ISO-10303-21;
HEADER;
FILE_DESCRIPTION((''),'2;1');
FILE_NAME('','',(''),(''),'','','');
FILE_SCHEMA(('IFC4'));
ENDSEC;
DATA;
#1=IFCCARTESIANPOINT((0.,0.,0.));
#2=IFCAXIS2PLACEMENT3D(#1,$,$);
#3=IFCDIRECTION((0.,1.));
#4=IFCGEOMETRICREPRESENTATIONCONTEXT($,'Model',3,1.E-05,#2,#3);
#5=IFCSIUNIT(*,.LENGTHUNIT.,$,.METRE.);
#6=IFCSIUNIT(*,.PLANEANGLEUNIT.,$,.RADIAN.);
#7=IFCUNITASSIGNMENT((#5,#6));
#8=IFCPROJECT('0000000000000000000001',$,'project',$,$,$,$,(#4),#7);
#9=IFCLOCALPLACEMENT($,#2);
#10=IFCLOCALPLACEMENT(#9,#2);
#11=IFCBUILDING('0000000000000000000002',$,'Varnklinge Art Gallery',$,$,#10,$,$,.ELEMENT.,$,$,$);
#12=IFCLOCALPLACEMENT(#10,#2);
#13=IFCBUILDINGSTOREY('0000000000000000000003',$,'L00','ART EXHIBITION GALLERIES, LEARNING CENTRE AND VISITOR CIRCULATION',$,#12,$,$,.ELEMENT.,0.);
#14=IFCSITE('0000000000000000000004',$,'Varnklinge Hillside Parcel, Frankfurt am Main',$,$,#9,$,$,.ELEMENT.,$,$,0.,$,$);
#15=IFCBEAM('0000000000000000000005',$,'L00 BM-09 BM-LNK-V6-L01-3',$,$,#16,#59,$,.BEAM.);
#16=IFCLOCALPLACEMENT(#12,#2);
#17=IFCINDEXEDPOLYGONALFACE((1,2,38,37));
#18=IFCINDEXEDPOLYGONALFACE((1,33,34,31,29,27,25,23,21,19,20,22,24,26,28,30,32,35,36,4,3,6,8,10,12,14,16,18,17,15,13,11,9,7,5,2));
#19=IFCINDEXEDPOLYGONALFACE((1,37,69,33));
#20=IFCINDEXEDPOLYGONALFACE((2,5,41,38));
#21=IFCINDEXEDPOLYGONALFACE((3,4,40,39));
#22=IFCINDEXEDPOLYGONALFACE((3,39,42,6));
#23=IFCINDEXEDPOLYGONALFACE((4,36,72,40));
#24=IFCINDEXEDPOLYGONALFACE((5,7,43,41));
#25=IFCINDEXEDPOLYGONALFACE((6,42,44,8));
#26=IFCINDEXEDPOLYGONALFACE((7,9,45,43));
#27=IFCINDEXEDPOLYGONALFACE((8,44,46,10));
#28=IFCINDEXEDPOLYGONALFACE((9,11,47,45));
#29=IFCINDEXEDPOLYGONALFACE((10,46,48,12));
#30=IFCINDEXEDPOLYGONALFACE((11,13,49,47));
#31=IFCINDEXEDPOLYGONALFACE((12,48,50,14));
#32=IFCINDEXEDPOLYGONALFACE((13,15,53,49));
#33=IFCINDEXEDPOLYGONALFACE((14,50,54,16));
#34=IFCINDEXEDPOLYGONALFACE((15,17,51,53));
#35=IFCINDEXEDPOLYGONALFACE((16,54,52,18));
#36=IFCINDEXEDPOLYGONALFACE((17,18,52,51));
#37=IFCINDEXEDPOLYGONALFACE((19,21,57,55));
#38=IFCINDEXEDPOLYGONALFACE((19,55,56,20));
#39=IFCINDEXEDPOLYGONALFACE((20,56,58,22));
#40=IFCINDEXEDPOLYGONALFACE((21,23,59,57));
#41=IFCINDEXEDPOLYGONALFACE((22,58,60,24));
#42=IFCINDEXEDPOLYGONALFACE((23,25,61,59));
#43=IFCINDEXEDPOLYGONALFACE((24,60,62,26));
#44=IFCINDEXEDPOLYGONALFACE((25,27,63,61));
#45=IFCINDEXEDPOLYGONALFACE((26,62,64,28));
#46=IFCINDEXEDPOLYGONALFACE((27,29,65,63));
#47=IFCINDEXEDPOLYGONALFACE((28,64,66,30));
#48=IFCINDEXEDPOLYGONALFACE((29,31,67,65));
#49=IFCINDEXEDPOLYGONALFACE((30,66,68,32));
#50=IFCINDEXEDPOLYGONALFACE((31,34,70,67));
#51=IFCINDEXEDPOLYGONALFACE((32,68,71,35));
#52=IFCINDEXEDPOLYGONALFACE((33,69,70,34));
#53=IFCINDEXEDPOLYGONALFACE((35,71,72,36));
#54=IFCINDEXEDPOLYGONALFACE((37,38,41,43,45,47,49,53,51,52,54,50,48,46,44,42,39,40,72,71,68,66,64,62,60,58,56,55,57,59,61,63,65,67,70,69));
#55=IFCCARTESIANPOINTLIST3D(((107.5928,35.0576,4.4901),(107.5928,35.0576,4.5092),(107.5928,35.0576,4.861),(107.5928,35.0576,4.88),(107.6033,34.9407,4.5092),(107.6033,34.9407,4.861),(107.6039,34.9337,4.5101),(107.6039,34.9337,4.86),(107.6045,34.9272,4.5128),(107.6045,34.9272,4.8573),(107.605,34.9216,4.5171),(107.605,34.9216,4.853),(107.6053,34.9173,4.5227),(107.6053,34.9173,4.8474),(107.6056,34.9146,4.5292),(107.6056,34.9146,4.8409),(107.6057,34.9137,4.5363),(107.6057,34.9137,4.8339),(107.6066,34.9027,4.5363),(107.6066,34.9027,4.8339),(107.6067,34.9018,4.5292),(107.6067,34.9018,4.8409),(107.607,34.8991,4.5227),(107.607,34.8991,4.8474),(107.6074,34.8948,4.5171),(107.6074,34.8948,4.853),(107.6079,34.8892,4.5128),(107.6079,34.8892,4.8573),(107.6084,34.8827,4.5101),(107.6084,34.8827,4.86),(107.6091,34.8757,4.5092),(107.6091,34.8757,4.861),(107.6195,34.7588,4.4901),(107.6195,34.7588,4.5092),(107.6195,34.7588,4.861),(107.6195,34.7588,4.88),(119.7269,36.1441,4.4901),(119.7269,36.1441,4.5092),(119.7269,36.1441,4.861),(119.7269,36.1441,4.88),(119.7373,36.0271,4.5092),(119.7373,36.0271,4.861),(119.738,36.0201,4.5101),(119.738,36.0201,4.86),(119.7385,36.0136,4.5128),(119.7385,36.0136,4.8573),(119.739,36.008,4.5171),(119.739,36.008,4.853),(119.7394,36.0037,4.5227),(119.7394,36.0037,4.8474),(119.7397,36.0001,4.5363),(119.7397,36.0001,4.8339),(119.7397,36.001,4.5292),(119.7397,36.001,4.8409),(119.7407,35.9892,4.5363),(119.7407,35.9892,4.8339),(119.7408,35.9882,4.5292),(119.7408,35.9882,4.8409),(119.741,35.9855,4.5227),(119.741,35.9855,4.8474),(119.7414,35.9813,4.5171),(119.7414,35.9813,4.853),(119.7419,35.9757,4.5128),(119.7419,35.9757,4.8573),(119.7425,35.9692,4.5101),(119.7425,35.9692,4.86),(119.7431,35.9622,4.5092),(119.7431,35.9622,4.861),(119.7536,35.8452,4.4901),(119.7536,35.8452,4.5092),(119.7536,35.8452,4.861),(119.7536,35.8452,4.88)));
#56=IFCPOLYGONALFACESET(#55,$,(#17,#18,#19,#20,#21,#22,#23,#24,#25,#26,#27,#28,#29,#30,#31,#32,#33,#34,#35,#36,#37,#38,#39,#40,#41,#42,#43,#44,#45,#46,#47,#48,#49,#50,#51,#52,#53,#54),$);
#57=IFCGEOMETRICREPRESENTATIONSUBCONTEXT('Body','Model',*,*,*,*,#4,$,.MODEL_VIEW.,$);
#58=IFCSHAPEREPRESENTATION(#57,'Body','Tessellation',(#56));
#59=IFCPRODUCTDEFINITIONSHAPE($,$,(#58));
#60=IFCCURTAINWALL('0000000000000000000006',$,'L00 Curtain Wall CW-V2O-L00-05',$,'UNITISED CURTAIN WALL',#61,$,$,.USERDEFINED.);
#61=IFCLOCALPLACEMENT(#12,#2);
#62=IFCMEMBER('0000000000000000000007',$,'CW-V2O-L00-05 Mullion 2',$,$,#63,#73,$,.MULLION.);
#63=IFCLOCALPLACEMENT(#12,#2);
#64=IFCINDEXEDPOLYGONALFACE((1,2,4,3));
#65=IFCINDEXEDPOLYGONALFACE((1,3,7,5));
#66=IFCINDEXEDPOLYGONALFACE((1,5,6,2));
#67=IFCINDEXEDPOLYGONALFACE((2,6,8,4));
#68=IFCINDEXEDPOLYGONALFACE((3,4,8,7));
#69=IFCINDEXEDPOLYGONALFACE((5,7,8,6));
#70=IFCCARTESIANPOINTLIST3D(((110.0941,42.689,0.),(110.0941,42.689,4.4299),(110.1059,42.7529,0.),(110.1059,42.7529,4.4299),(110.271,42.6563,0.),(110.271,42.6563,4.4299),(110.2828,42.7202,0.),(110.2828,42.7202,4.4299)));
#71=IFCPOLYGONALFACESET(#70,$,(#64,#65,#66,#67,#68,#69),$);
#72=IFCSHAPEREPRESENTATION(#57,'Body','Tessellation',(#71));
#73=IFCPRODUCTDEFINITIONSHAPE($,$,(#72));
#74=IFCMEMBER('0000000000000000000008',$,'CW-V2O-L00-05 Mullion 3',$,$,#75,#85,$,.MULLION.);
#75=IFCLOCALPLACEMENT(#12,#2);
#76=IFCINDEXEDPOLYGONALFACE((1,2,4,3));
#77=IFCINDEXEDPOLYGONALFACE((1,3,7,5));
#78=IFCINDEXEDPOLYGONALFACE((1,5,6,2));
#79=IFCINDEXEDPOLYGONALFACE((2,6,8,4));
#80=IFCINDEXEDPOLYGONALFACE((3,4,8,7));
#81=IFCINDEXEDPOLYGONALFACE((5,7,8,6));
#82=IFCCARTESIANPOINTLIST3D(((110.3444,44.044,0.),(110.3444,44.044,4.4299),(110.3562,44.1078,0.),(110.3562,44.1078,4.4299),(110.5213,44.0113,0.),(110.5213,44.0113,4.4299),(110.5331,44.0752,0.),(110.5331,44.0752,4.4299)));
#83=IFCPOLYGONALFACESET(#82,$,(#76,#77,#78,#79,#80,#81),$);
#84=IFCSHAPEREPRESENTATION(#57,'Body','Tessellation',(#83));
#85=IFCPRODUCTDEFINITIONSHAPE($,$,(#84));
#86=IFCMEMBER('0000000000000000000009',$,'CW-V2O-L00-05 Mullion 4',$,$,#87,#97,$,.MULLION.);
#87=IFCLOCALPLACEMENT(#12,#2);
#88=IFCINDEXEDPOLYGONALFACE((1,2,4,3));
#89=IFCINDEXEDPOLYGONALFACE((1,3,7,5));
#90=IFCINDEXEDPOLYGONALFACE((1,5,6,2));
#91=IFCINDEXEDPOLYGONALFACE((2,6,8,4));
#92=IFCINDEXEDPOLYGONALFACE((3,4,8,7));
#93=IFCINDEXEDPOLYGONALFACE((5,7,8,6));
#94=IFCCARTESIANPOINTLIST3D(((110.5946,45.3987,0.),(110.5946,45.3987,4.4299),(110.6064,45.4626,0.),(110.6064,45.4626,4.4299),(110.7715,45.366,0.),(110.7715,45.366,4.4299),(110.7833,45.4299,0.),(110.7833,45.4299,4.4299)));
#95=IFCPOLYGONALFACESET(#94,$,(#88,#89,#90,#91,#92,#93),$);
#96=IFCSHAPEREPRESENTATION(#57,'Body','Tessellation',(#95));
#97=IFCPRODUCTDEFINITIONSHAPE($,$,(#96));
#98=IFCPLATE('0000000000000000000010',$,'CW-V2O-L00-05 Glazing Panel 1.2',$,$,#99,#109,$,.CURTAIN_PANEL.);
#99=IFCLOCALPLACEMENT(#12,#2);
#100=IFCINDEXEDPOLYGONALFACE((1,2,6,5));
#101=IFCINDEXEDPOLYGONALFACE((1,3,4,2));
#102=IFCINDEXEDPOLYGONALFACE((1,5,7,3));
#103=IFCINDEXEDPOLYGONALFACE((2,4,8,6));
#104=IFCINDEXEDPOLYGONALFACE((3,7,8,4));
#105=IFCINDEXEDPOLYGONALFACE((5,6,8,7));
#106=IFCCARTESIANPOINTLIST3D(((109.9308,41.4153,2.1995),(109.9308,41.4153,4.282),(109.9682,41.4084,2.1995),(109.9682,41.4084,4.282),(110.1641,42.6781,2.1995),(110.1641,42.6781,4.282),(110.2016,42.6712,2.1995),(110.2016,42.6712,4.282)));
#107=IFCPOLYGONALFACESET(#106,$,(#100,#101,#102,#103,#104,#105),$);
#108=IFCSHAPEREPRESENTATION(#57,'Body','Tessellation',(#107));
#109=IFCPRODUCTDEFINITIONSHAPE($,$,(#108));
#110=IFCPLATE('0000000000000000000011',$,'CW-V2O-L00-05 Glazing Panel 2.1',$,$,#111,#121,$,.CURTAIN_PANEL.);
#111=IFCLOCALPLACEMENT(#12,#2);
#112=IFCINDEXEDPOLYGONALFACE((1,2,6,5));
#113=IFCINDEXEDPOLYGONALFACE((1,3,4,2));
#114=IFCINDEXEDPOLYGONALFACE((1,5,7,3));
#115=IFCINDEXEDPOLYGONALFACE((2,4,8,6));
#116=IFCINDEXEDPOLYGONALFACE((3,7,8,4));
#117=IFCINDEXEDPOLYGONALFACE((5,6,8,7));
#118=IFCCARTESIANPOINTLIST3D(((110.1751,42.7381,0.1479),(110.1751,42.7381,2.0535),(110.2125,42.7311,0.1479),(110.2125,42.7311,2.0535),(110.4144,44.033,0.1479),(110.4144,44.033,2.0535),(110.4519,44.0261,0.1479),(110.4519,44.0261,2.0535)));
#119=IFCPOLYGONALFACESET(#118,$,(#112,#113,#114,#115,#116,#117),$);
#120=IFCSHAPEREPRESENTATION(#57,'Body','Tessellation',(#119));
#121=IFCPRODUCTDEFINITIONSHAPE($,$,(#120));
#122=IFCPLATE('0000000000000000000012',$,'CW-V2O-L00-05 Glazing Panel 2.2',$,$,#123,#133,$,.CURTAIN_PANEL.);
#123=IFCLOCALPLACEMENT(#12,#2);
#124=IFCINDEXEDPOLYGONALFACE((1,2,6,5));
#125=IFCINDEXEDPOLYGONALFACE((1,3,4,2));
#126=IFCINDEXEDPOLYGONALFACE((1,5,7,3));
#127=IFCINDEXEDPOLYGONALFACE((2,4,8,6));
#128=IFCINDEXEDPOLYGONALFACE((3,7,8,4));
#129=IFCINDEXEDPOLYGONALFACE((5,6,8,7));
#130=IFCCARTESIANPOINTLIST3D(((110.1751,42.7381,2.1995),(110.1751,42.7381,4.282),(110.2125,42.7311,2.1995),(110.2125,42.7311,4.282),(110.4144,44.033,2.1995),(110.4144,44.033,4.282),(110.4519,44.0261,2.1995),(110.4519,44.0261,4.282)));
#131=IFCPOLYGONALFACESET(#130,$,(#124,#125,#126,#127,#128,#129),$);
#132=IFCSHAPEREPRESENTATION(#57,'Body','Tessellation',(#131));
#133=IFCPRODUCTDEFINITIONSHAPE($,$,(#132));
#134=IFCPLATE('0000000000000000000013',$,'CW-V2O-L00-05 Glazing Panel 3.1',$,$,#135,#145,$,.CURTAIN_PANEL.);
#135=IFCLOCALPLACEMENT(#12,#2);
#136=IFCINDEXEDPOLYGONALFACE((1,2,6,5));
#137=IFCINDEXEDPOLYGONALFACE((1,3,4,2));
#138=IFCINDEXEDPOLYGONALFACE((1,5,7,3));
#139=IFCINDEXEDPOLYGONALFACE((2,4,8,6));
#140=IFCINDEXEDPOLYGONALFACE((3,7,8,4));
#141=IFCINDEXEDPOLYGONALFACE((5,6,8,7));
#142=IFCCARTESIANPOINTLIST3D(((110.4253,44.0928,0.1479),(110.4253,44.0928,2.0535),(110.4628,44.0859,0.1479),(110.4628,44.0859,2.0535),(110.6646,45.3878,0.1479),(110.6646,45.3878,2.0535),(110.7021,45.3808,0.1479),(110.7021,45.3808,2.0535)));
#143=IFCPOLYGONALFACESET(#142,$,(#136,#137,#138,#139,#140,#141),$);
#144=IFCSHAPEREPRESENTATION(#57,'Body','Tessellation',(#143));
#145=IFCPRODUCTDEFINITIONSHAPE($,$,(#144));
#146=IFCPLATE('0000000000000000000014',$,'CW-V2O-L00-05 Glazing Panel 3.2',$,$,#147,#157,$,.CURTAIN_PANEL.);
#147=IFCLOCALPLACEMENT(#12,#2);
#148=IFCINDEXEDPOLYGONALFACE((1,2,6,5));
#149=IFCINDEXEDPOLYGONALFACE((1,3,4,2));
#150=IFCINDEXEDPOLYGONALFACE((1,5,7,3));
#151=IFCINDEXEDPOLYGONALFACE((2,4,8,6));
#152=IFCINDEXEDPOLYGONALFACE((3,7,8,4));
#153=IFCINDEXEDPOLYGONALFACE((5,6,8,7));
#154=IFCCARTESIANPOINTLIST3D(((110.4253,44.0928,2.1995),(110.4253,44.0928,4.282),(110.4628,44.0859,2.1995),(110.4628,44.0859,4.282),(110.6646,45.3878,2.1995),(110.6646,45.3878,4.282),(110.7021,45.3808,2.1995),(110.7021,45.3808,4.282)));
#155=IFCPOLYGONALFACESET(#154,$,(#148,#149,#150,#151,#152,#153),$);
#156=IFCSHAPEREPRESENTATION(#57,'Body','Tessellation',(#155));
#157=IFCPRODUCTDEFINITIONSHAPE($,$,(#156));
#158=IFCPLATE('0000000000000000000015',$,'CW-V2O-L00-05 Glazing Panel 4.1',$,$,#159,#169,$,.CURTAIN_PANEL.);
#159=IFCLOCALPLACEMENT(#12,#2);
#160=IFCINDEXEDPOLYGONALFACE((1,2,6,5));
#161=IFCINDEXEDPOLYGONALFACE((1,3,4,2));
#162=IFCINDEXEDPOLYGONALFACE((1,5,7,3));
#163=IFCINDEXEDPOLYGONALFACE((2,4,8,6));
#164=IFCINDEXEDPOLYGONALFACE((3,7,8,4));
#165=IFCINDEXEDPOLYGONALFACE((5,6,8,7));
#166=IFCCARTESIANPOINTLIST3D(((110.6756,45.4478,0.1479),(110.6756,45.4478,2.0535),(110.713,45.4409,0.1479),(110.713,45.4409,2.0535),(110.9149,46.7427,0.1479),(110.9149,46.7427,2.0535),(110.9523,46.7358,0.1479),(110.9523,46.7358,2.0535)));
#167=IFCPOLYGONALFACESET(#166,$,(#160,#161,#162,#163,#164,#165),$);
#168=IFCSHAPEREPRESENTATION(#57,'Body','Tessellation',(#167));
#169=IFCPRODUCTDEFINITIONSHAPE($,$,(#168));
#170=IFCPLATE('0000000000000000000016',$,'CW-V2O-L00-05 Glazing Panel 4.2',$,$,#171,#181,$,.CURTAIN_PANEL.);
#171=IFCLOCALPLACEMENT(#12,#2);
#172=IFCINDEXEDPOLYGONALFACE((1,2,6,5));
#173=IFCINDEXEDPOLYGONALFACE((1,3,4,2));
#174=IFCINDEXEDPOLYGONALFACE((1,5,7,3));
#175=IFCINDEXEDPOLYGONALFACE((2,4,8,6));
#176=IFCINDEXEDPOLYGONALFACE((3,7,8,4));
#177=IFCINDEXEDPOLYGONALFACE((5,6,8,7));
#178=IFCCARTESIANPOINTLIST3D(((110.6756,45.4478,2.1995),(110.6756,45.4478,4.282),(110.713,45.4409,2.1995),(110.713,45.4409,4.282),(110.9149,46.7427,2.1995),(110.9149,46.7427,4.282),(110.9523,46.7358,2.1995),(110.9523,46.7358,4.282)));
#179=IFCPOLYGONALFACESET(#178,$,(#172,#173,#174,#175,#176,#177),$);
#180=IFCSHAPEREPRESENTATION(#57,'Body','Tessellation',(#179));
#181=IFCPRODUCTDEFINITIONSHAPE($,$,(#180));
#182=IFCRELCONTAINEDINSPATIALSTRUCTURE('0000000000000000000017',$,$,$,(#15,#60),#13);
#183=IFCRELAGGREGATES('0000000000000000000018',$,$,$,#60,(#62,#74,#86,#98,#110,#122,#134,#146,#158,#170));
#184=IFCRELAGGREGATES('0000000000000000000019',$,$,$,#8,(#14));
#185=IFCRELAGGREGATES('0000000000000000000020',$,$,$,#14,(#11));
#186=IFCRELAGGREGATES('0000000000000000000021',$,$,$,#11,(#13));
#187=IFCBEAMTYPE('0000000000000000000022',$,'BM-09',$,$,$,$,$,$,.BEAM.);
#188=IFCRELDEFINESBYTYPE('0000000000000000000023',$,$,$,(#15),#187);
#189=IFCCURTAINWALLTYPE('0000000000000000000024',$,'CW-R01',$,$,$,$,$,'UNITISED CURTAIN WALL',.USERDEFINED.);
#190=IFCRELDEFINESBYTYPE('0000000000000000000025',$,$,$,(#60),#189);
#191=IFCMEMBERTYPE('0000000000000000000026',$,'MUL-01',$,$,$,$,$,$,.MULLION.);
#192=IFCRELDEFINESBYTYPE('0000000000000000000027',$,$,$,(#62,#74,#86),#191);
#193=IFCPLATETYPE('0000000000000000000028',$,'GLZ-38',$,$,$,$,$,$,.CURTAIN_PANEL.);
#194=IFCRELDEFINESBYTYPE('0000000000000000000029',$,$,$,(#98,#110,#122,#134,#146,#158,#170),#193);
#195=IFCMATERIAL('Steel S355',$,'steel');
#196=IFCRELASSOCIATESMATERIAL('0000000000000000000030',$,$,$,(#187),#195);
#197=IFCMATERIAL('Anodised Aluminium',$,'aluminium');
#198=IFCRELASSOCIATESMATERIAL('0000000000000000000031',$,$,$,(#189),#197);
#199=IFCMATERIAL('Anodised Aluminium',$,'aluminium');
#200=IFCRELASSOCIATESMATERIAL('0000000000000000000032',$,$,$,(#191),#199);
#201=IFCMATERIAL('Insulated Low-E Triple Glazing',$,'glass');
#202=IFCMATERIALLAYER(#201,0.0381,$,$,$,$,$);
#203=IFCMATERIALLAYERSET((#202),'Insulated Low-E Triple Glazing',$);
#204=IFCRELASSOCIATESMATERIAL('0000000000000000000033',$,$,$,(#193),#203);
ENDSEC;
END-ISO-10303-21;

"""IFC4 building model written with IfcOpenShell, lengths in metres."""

from ifc_helpers import new_model, si_unit, direction, frame, origin, origin_2d, place, context, subcontext, project, spatial, rectangle, i_section, extrude, material, layer, layer_set, material_profile, profile_set, type_object, element, aggregate, save


model = new_model("IFC4")

# Units and contexts
model_context = context("Model", 3, precision=1e-05, world=origin(), true_north=direction((0.0, 1.0)))
body_context = subcontext(model_context, "Body", "Model", "MODEL_VIEW")
ifc_project = project(units=[si_unit("LENGTHUNIT", "METRE"), si_unit("PLANEANGLEUNIT", "RADIAN")], contexts=[model_context])

# Site, building, storey
site_placement = place(None, origin())
site = spatial("IfcSite", under=ifc_project, at=site_placement, Name="Varnklinge Hillside Parcel, Frankfurt am Main", CompositionType="ELEMENT", RefElevation=0.0)
building_placement = place(site_placement, origin())
building = spatial("IfcBuilding", under=site, at=building_placement, Name="Varnklinge Art Gallery", CompositionType="ELEMENT")
storey_placement = place(building_placement, origin())
storey = spatial("IfcBuildingStorey", under=building, at=storey_placement, Name="L00", Description="ART EXHIBITION GALLERIES, LEARNING CENTRE AND VISITOR CIRCULATION", CompositionType="ELEMENT", Elevation=0.0)

# Beam
ifc_material_1 = material(Name="Steel S355", Category="steel")
ifc_material_profile_1 = material_profile(ifc_material_1, i_section(OverallWidth=0.3, OverallDepth=0.3899, WebThickness=0.011, FlangeThickness=0.019, FilletRadius=0.0271, at=origin_2d()), Name="HEA 400")
ifc_profile_set_1 = profile_set([ifc_material_profile_1], Name="Steel S355")
beam_type_1 = type_object("IfcBeamType", Name="BM-09", PredefinedType="BEAM", material=ifc_profile_set_1)
beam_1_placement = place(storey_placement, frame((119.7402, 35.9946, 4.6851), z_axis=(-0.996016, -0.089179, 0.0), x_axis=(0.089179, -0.996016, 0.0)))
element("IfcBeam", 1, at=beam_1_placement, inside=storey, type_object=beam_type_1, Name="L00 BM-09 BM-LNK-V6-L01-3", PredefinedType="BEAM", context=body_context, shape_type="SweptSolid", body=[
    extrude(i_section(OverallWidth=0.3, OverallDepth=0.3899, WebThickness=0.011, FlangeThickness=0.019, FilletRadius=0.0271, at=origin_2d()), origin(), (0.0, 0.0, 1.0), 12.1826),
])

# Curtain wall, members, plates
ifc_material_2 = material(Name="Anodised Aluminium", Category="aluminium")
curtain_wall_type = type_object("IfcCurtainWallType", Name="CW-R01", ElementType="UNITISED CURTAIN WALL", PredefinedType="USERDEFINED", material=ifc_material_2)
curtain_wall_placement = place(storey_placement, origin())
curtain_wall = element("IfcCurtainWall", 2, at=curtain_wall_placement, inside=storey, type_object=curtain_wall_type, Name="L00 Curtain Wall CW-V2O-L00-05", ObjectType="UNITISED CURTAIN WALL", PredefinedType="USERDEFINED")
ifc_material_3 = material(Name="Anodised Aluminium", Category="aluminium")
ifc_material_profile_2 = material_profile(ifc_material_3, rectangle(XDim=0.0649, YDim=0.1799, at=origin_2d()), Name="ALU 65x180")
ifc_profile_set_2 = profile_set([ifc_material_profile_2], Name="Anodised Aluminium")
member_type = type_object("IfcMemberType", Name="MUL-01", PredefinedType="MULLION", material=ifc_profile_set_2)
member_1_placement = place(storey_placement, frame((110.1885, 42.7046, 0.0), z_axis=(0.0, 0.0, 1.0), x_axis=(0.181721, 0.98335, 0.0)))
member_1 = element("IfcMember", 3, at=member_1_placement, type_object=member_type, Name="CW-V2O-L00-05 Mullion 2", PredefinedType="MULLION", context=body_context, shape_type="SweptSolid", body=[
    extrude(rectangle(XDim=0.0649, YDim=0.1799, at=origin_2d()), origin(), (0.0, 0.0, 1.0), 4.4299),
])
member_2_placement = place(storey_placement, frame((110.4387, 44.0596, 0.0), z_axis=(0.0, 0.0, 1.0), x_axis=(0.181721, 0.98335, 0.0)))
member_2 = element("IfcMember", 4, at=member_2_placement, type_object=member_type, Name="CW-V2O-L00-05 Mullion 3", PredefinedType="MULLION", context=body_context, shape_type="SweptSolid", body=[
    extrude(rectangle(XDim=0.0649, YDim=0.1799, at=origin_2d()), origin(), (0.0, 0.0, 1.0), 4.4299),
])
member_3_placement = place(storey_placement, frame((110.689, 45.4143, 0.0), z_axis=(0.0, 0.0, 1.0), x_axis=(0.181721, 0.98335, 0.0)))
member_3 = element("IfcMember", 5, at=member_3_placement, type_object=member_type, Name="CW-V2O-L00-05 Mullion 4", PredefinedType="MULLION", context=body_context, shape_type="SweptSolid", body=[
    extrude(rectangle(XDim=0.0649, YDim=0.1799, at=origin_2d()), origin(), (0.0, 0.0, 1.0), 4.4299),
])
ifc_material_4 = material(Name="Insulated Low-E Triple Glazing", Category="glass")
ifc_layer_1 = layer(ifc_material_4, 0.0381)
ifc_layer_set_1 = layer_set([ifc_layer_1], Name="Insulated Low-E Triple Glazing")
plate_type = type_object("IfcPlateType", Name="GLZ-38", PredefinedType="CURTAIN_PANEL", material=ifc_layer_set_1)
plate_1_placement = place(storey_placement, frame((110.0662, 42.0432, 2.1995), z_axis=(0.0, 0.0, 1.0), x_axis=(0.181721, 0.98335, 0.0)))
plate_1 = element("IfcPlate", 6, at=plate_1_placement, type_object=plate_type, Name="CW-V2O-L00-05 Glazing Panel 1.2", PredefinedType="CURTAIN_PANEL", context=body_context, shape_type="SweptSolid", body=[
    extrude(rectangle(XDim=1.2842, YDim=0.0381, at=origin_2d()), origin(), (0.0, 0.0, 1.0), 2.0825),
])
plate_2_placement = place(storey_placement, frame((110.3135, 43.3821, 0.1479), z_axis=(0.0, 0.0, 1.0), x_axis=(0.181721, 0.98335, 0.0)))
plate_2 = element("IfcPlate", 7, at=plate_2_placement, type_object=plate_type, Name="CW-V2O-L00-05 Glazing Panel 2.1", PredefinedType="CURTAIN_PANEL", context=body_context, shape_type="SweptSolid", body=[
    extrude(rectangle(XDim=1.3169, YDim=0.0381, at=origin_2d()), origin(), (0.0, 0.0, 1.0), 1.9055),
])
plate_3_placement = place(storey_placement, frame((110.3135, 43.3821, 2.1995), z_axis=(0.0, 0.0, 1.0), x_axis=(0.181721, 0.98335, 0.0)))
plate_3 = element("IfcPlate", 8, at=plate_3_placement, type_object=plate_type, Name="CW-V2O-L00-05 Glazing Panel 2.2", PredefinedType="CURTAIN_PANEL", context=body_context, shape_type="SweptSolid", body=[
    extrude(rectangle(XDim=1.3169, YDim=0.0381, at=origin_2d()), origin(), (0.0, 0.0, 1.0), 2.0825),
])
plate_4_placement = place(storey_placement, frame((110.5637, 44.7368, 0.1479), z_axis=(0.0, 0.0, 1.0), x_axis=(0.181721, 0.98335, 0.0)))
plate_4 = element("IfcPlate", 9, at=plate_4_placement, type_object=plate_type, Name="CW-V2O-L00-05 Glazing Panel 3.1", PredefinedType="CURTAIN_PANEL", context=body_context, shape_type="SweptSolid", body=[
    extrude(rectangle(XDim=1.3169, YDim=0.0381, at=origin_2d()), origin(), (0.0, 0.0, 1.0), 1.9055),
])
plate_5_placement = place(storey_placement, frame((110.5637, 44.7368, 2.1995), z_axis=(0.0, 0.0, 1.0), x_axis=(0.181721, 0.98335, 0.0)))
plate_5 = element("IfcPlate", 10, at=plate_5_placement, type_object=plate_type, Name="CW-V2O-L00-05 Glazing Panel 3.2", PredefinedType="CURTAIN_PANEL", context=body_context, shape_type="SweptSolid", body=[
    extrude(rectangle(XDim=1.3169, YDim=0.0381, at=origin_2d()), origin(), (0.0, 0.0, 1.0), 2.0825),
])
plate_6_placement = place(storey_placement, frame((110.814, 46.0918, 0.1479), z_axis=(0.0, 0.0, 1.0), x_axis=(0.181721, 0.98335, 0.0)))
plate_6 = element("IfcPlate", 11, at=plate_6_placement, type_object=plate_type, Name="CW-V2O-L00-05 Glazing Panel 4.1", PredefinedType="CURTAIN_PANEL", context=body_context, shape_type="SweptSolid", body=[
    extrude(rectangle(XDim=1.3169, YDim=0.0381, at=origin_2d()), origin(), (0.0, 0.0, 1.0), 1.9055),
])
plate_7_placement = place(storey_placement, frame((110.814, 46.0918, 2.1995), z_axis=(0.0, 0.0, 1.0), x_axis=(0.181721, 0.98335, 0.0)))
plate_7 = element("IfcPlate", 12, at=plate_7_placement, type_object=plate_type, Name="CW-V2O-L00-05 Glazing Panel 4.2", PredefinedType="CURTAIN_PANEL", context=body_context, shape_type="SweptSolid", body=[
    extrude(rectangle(XDim=1.3169, YDim=0.0381, at=origin_2d()), origin(), (0.0, 0.0, 1.0), 2.0825),
])
aggregate(curtain_wall, [member_1, member_2, member_3, plate_1, plate_2, plate_3, plate_4, plate_5, plate_6, plate_7])

save(model, "model.ifc")
